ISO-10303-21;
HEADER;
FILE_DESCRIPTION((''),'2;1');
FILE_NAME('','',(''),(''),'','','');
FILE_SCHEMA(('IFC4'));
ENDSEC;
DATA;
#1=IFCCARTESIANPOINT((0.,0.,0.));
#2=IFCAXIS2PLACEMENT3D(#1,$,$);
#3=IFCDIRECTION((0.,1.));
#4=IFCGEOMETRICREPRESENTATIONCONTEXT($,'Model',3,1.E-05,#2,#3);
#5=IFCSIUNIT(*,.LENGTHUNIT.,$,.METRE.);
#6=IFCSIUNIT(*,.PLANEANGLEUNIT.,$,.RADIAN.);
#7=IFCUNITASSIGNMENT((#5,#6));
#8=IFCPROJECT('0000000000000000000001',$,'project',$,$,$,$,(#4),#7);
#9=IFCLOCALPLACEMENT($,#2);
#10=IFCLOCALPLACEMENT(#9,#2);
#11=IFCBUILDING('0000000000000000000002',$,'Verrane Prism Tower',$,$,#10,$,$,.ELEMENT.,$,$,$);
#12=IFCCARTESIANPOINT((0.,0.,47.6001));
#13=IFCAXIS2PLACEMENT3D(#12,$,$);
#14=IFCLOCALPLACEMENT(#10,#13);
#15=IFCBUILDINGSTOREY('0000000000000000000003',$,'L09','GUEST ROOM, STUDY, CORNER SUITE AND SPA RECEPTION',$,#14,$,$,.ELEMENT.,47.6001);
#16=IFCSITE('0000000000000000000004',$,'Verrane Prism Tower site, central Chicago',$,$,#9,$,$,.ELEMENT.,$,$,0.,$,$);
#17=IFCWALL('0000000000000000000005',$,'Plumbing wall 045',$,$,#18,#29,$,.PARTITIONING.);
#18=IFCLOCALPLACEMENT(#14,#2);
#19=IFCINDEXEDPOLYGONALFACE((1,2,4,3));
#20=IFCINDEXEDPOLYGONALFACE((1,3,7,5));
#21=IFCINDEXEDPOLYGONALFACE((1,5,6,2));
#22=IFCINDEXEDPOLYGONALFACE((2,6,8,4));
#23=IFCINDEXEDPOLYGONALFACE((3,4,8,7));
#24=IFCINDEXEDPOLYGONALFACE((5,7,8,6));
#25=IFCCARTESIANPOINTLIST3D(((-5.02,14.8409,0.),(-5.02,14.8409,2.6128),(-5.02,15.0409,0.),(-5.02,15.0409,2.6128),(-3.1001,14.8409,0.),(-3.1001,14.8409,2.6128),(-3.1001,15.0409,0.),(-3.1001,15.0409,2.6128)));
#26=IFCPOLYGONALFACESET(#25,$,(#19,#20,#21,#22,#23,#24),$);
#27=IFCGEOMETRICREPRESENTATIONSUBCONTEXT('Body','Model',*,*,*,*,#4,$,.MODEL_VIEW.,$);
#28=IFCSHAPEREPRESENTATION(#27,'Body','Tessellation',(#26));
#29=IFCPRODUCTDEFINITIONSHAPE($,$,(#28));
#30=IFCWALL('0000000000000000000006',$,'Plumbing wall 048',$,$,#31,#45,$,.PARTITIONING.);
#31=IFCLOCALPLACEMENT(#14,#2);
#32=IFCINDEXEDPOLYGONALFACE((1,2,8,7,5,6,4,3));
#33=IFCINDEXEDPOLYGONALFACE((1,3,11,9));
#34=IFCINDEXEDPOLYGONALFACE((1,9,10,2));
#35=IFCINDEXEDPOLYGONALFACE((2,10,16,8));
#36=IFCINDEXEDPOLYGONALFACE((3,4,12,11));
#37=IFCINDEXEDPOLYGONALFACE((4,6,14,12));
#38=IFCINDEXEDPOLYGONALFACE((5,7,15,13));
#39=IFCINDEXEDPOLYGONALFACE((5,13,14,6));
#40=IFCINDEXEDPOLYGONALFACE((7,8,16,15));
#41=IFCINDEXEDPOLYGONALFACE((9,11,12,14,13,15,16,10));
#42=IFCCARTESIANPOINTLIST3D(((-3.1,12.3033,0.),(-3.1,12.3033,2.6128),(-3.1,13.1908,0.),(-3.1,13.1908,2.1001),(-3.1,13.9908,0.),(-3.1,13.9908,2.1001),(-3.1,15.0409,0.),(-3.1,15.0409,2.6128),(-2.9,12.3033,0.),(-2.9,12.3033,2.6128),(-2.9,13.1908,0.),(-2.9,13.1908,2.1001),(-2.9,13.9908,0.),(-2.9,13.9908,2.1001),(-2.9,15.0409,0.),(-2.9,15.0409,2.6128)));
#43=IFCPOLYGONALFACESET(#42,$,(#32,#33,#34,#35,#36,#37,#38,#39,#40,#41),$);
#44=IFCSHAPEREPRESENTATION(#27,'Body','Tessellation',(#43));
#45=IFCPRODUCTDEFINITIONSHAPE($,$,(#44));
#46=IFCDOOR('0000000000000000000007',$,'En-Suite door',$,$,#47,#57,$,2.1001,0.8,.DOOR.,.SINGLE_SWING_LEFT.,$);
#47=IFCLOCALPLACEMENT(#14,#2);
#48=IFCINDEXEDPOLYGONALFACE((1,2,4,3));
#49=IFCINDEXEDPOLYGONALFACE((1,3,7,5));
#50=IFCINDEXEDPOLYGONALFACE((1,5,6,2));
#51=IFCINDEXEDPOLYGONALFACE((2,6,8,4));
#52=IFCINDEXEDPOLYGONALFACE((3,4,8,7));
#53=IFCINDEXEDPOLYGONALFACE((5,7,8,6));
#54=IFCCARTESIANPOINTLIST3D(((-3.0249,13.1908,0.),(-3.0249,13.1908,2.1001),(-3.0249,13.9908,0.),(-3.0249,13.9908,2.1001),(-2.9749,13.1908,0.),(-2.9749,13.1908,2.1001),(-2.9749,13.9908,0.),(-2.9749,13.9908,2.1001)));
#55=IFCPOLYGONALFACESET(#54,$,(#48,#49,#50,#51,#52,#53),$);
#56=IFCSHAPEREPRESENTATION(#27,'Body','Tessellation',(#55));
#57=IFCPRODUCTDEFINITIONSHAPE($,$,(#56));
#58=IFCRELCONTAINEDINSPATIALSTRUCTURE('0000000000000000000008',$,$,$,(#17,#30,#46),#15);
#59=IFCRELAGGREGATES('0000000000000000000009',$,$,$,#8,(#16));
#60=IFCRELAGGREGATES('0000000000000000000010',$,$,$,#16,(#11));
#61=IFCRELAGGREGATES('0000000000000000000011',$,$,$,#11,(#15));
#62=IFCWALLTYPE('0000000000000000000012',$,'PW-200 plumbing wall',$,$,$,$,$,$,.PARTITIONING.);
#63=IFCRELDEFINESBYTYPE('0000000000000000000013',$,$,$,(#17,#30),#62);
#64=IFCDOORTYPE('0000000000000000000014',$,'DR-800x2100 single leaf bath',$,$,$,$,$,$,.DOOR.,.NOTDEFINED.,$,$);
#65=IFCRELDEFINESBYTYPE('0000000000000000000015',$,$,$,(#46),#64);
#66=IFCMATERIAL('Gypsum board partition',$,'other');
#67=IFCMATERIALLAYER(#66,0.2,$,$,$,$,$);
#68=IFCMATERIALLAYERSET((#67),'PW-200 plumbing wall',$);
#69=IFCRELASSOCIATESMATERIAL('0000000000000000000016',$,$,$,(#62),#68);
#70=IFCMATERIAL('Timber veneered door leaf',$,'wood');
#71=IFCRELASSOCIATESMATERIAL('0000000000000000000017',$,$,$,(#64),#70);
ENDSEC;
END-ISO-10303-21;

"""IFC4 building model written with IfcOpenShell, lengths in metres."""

from ifc_helpers import new_model, si_unit, direction, frame, frame_2d, origin, place, context, subcontext, project, spatial, rectangle, extrude, material, layer, layer_set, type_object, element, fill, save


model = new_model("IFC4")

# Units and contexts
model_context = context("Model", 3, precision=1e-05, world=origin(), true_north=direction((0.0, 1.0)))
body_context = subcontext(model_context, "Body", "Model", "MODEL_VIEW")
ifc_project = project(units=[si_unit("LENGTHUNIT", "METRE"), si_unit("PLANEANGLEUNIT", "RADIAN")], contexts=[model_context])

# Site, building, storey
site_placement = place(None, origin())
site = spatial("IfcSite", under=ifc_project, at=site_placement, Name="Verrane Prism Tower site, central Chicago", CompositionType="ELEMENT", RefElevation=0.0)
building_placement = place(site_placement, origin())
building = spatial("IfcBuilding", under=site, at=building_placement, Name="Verrane Prism Tower", CompositionType="ELEMENT")
storey_placement = place(building_placement, frame((0.0, 0.0, 47.6001)))
storey = spatial("IfcBuildingStorey", under=building, at=storey_placement, Name="L09", Description="GUEST ROOM, STUDY, CORNER SUITE AND SPA RECEPTION", CompositionType="ELEMENT", Elevation=47.6001)

# Shared definitions
ifc_material_1 = material(Name="Gypsum board partition", Category="other")
ifc_layer_1 = layer(ifc_material_1, 0.2)
ifc_layer_set_1 = layer_set([ifc_layer_1], Name="PW-200 plumbing wall")
wall_type_1 = type_object("IfcWallType", Name="PW-200 plumbing wall", PredefinedType="PARTITIONING", material=ifc_layer_set_1)

# Shared definitions
ifc_material_2 = material(Name="Timber veneered door leaf", Category="wood")
door_type = type_object("IfcDoorType", Name="DR-800x2100 single leaf bath", OperationType="NOTDEFINED", PredefinedType="DOOR", material=ifc_material_2)

# Wall
wall_1_placement = place(storey_placement, frame((-5.02, 14.9409, 0.0), z_axis=(0.0, 0.0, 1.0), x_axis=(1.0, 0.0, 0.0)))
element("IfcWall", 1, at=wall_1_placement, inside=storey, type_object=wall_type_1, Name="Plumbing wall 045", PredefinedType="PARTITIONING", context=body_context, shape_type="SweptSolid", body=[
    extrude(rectangle(XDim=1.9199, YDim=0.2, at=frame_2d((0.96, 0.0))), origin(), (0.0, 0.0, 1.0), 2.6128),
])

# Wall, opening, door
wall_2_placement = place(storey_placement, frame((-3.0, 12.3035, 0.0), z_axis=(0.0, 0.0, 1.0), x_axis=(0.0, 1.0, 0.0)))
wall_2 = element("IfcWall", 2, at=wall_2_placement, inside=storey, type_object=wall_type_1, Name="Plumbing wall 048", PredefinedType="PARTITIONING", context=body_context, shape_type="SweptSolid", body=[
    extrude(rectangle(XDim=2.7375, YDim=0.2, at=frame_2d((1.3687, 0.0))), origin(), (0.0, 0.0, 1.0), 2.6128),
])
opening_1_placement = place(wall_2_placement, frame((0.8875, 0.0, 0.0)))
opening_1 = element("IfcOpeningElement", 3, at=opening_1_placement, cuts=wall_2, PredefinedType="OPENING", context=body_context, shape_type="SweptSolid", body=[
    extrude(rectangle(XDim=0.8, YDim=2.1001, at=frame_2d((0.3999, 1.05))), frame((0.0, 0.1099, 0.0), z_axis=(0.0, -1.0, 0.0), x_axis=(1.0, 0.0, 0.0)), (0.0, 0.0, 1.0), 0.22),
])
door_1_placement = place(opening_1_placement, origin())
door_1 = element("IfcDoor", 4, at=door_1_placement, inside=storey, type_object=door_type, Name="En-Suite door", OperationType="SINGLE_SWING_LEFT", OverallHeight=2.1001, OverallWidth=0.8, PredefinedType="DOOR", context=body_context, shape_type="SweptSolid", body=[
    extrude(rectangle(XDim=0.8, YDim=2.1001, at=frame_2d((0.3999, 1.05))), frame((0.0, 0.0249, 0.0), z_axis=(0.0, -1.0, 0.0), x_axis=(1.0, 0.0, 0.0)), (0.0, 0.0, 1.0), 0.05),
])
fill(opening_1, door_1)

save(model, "model.ifc")
